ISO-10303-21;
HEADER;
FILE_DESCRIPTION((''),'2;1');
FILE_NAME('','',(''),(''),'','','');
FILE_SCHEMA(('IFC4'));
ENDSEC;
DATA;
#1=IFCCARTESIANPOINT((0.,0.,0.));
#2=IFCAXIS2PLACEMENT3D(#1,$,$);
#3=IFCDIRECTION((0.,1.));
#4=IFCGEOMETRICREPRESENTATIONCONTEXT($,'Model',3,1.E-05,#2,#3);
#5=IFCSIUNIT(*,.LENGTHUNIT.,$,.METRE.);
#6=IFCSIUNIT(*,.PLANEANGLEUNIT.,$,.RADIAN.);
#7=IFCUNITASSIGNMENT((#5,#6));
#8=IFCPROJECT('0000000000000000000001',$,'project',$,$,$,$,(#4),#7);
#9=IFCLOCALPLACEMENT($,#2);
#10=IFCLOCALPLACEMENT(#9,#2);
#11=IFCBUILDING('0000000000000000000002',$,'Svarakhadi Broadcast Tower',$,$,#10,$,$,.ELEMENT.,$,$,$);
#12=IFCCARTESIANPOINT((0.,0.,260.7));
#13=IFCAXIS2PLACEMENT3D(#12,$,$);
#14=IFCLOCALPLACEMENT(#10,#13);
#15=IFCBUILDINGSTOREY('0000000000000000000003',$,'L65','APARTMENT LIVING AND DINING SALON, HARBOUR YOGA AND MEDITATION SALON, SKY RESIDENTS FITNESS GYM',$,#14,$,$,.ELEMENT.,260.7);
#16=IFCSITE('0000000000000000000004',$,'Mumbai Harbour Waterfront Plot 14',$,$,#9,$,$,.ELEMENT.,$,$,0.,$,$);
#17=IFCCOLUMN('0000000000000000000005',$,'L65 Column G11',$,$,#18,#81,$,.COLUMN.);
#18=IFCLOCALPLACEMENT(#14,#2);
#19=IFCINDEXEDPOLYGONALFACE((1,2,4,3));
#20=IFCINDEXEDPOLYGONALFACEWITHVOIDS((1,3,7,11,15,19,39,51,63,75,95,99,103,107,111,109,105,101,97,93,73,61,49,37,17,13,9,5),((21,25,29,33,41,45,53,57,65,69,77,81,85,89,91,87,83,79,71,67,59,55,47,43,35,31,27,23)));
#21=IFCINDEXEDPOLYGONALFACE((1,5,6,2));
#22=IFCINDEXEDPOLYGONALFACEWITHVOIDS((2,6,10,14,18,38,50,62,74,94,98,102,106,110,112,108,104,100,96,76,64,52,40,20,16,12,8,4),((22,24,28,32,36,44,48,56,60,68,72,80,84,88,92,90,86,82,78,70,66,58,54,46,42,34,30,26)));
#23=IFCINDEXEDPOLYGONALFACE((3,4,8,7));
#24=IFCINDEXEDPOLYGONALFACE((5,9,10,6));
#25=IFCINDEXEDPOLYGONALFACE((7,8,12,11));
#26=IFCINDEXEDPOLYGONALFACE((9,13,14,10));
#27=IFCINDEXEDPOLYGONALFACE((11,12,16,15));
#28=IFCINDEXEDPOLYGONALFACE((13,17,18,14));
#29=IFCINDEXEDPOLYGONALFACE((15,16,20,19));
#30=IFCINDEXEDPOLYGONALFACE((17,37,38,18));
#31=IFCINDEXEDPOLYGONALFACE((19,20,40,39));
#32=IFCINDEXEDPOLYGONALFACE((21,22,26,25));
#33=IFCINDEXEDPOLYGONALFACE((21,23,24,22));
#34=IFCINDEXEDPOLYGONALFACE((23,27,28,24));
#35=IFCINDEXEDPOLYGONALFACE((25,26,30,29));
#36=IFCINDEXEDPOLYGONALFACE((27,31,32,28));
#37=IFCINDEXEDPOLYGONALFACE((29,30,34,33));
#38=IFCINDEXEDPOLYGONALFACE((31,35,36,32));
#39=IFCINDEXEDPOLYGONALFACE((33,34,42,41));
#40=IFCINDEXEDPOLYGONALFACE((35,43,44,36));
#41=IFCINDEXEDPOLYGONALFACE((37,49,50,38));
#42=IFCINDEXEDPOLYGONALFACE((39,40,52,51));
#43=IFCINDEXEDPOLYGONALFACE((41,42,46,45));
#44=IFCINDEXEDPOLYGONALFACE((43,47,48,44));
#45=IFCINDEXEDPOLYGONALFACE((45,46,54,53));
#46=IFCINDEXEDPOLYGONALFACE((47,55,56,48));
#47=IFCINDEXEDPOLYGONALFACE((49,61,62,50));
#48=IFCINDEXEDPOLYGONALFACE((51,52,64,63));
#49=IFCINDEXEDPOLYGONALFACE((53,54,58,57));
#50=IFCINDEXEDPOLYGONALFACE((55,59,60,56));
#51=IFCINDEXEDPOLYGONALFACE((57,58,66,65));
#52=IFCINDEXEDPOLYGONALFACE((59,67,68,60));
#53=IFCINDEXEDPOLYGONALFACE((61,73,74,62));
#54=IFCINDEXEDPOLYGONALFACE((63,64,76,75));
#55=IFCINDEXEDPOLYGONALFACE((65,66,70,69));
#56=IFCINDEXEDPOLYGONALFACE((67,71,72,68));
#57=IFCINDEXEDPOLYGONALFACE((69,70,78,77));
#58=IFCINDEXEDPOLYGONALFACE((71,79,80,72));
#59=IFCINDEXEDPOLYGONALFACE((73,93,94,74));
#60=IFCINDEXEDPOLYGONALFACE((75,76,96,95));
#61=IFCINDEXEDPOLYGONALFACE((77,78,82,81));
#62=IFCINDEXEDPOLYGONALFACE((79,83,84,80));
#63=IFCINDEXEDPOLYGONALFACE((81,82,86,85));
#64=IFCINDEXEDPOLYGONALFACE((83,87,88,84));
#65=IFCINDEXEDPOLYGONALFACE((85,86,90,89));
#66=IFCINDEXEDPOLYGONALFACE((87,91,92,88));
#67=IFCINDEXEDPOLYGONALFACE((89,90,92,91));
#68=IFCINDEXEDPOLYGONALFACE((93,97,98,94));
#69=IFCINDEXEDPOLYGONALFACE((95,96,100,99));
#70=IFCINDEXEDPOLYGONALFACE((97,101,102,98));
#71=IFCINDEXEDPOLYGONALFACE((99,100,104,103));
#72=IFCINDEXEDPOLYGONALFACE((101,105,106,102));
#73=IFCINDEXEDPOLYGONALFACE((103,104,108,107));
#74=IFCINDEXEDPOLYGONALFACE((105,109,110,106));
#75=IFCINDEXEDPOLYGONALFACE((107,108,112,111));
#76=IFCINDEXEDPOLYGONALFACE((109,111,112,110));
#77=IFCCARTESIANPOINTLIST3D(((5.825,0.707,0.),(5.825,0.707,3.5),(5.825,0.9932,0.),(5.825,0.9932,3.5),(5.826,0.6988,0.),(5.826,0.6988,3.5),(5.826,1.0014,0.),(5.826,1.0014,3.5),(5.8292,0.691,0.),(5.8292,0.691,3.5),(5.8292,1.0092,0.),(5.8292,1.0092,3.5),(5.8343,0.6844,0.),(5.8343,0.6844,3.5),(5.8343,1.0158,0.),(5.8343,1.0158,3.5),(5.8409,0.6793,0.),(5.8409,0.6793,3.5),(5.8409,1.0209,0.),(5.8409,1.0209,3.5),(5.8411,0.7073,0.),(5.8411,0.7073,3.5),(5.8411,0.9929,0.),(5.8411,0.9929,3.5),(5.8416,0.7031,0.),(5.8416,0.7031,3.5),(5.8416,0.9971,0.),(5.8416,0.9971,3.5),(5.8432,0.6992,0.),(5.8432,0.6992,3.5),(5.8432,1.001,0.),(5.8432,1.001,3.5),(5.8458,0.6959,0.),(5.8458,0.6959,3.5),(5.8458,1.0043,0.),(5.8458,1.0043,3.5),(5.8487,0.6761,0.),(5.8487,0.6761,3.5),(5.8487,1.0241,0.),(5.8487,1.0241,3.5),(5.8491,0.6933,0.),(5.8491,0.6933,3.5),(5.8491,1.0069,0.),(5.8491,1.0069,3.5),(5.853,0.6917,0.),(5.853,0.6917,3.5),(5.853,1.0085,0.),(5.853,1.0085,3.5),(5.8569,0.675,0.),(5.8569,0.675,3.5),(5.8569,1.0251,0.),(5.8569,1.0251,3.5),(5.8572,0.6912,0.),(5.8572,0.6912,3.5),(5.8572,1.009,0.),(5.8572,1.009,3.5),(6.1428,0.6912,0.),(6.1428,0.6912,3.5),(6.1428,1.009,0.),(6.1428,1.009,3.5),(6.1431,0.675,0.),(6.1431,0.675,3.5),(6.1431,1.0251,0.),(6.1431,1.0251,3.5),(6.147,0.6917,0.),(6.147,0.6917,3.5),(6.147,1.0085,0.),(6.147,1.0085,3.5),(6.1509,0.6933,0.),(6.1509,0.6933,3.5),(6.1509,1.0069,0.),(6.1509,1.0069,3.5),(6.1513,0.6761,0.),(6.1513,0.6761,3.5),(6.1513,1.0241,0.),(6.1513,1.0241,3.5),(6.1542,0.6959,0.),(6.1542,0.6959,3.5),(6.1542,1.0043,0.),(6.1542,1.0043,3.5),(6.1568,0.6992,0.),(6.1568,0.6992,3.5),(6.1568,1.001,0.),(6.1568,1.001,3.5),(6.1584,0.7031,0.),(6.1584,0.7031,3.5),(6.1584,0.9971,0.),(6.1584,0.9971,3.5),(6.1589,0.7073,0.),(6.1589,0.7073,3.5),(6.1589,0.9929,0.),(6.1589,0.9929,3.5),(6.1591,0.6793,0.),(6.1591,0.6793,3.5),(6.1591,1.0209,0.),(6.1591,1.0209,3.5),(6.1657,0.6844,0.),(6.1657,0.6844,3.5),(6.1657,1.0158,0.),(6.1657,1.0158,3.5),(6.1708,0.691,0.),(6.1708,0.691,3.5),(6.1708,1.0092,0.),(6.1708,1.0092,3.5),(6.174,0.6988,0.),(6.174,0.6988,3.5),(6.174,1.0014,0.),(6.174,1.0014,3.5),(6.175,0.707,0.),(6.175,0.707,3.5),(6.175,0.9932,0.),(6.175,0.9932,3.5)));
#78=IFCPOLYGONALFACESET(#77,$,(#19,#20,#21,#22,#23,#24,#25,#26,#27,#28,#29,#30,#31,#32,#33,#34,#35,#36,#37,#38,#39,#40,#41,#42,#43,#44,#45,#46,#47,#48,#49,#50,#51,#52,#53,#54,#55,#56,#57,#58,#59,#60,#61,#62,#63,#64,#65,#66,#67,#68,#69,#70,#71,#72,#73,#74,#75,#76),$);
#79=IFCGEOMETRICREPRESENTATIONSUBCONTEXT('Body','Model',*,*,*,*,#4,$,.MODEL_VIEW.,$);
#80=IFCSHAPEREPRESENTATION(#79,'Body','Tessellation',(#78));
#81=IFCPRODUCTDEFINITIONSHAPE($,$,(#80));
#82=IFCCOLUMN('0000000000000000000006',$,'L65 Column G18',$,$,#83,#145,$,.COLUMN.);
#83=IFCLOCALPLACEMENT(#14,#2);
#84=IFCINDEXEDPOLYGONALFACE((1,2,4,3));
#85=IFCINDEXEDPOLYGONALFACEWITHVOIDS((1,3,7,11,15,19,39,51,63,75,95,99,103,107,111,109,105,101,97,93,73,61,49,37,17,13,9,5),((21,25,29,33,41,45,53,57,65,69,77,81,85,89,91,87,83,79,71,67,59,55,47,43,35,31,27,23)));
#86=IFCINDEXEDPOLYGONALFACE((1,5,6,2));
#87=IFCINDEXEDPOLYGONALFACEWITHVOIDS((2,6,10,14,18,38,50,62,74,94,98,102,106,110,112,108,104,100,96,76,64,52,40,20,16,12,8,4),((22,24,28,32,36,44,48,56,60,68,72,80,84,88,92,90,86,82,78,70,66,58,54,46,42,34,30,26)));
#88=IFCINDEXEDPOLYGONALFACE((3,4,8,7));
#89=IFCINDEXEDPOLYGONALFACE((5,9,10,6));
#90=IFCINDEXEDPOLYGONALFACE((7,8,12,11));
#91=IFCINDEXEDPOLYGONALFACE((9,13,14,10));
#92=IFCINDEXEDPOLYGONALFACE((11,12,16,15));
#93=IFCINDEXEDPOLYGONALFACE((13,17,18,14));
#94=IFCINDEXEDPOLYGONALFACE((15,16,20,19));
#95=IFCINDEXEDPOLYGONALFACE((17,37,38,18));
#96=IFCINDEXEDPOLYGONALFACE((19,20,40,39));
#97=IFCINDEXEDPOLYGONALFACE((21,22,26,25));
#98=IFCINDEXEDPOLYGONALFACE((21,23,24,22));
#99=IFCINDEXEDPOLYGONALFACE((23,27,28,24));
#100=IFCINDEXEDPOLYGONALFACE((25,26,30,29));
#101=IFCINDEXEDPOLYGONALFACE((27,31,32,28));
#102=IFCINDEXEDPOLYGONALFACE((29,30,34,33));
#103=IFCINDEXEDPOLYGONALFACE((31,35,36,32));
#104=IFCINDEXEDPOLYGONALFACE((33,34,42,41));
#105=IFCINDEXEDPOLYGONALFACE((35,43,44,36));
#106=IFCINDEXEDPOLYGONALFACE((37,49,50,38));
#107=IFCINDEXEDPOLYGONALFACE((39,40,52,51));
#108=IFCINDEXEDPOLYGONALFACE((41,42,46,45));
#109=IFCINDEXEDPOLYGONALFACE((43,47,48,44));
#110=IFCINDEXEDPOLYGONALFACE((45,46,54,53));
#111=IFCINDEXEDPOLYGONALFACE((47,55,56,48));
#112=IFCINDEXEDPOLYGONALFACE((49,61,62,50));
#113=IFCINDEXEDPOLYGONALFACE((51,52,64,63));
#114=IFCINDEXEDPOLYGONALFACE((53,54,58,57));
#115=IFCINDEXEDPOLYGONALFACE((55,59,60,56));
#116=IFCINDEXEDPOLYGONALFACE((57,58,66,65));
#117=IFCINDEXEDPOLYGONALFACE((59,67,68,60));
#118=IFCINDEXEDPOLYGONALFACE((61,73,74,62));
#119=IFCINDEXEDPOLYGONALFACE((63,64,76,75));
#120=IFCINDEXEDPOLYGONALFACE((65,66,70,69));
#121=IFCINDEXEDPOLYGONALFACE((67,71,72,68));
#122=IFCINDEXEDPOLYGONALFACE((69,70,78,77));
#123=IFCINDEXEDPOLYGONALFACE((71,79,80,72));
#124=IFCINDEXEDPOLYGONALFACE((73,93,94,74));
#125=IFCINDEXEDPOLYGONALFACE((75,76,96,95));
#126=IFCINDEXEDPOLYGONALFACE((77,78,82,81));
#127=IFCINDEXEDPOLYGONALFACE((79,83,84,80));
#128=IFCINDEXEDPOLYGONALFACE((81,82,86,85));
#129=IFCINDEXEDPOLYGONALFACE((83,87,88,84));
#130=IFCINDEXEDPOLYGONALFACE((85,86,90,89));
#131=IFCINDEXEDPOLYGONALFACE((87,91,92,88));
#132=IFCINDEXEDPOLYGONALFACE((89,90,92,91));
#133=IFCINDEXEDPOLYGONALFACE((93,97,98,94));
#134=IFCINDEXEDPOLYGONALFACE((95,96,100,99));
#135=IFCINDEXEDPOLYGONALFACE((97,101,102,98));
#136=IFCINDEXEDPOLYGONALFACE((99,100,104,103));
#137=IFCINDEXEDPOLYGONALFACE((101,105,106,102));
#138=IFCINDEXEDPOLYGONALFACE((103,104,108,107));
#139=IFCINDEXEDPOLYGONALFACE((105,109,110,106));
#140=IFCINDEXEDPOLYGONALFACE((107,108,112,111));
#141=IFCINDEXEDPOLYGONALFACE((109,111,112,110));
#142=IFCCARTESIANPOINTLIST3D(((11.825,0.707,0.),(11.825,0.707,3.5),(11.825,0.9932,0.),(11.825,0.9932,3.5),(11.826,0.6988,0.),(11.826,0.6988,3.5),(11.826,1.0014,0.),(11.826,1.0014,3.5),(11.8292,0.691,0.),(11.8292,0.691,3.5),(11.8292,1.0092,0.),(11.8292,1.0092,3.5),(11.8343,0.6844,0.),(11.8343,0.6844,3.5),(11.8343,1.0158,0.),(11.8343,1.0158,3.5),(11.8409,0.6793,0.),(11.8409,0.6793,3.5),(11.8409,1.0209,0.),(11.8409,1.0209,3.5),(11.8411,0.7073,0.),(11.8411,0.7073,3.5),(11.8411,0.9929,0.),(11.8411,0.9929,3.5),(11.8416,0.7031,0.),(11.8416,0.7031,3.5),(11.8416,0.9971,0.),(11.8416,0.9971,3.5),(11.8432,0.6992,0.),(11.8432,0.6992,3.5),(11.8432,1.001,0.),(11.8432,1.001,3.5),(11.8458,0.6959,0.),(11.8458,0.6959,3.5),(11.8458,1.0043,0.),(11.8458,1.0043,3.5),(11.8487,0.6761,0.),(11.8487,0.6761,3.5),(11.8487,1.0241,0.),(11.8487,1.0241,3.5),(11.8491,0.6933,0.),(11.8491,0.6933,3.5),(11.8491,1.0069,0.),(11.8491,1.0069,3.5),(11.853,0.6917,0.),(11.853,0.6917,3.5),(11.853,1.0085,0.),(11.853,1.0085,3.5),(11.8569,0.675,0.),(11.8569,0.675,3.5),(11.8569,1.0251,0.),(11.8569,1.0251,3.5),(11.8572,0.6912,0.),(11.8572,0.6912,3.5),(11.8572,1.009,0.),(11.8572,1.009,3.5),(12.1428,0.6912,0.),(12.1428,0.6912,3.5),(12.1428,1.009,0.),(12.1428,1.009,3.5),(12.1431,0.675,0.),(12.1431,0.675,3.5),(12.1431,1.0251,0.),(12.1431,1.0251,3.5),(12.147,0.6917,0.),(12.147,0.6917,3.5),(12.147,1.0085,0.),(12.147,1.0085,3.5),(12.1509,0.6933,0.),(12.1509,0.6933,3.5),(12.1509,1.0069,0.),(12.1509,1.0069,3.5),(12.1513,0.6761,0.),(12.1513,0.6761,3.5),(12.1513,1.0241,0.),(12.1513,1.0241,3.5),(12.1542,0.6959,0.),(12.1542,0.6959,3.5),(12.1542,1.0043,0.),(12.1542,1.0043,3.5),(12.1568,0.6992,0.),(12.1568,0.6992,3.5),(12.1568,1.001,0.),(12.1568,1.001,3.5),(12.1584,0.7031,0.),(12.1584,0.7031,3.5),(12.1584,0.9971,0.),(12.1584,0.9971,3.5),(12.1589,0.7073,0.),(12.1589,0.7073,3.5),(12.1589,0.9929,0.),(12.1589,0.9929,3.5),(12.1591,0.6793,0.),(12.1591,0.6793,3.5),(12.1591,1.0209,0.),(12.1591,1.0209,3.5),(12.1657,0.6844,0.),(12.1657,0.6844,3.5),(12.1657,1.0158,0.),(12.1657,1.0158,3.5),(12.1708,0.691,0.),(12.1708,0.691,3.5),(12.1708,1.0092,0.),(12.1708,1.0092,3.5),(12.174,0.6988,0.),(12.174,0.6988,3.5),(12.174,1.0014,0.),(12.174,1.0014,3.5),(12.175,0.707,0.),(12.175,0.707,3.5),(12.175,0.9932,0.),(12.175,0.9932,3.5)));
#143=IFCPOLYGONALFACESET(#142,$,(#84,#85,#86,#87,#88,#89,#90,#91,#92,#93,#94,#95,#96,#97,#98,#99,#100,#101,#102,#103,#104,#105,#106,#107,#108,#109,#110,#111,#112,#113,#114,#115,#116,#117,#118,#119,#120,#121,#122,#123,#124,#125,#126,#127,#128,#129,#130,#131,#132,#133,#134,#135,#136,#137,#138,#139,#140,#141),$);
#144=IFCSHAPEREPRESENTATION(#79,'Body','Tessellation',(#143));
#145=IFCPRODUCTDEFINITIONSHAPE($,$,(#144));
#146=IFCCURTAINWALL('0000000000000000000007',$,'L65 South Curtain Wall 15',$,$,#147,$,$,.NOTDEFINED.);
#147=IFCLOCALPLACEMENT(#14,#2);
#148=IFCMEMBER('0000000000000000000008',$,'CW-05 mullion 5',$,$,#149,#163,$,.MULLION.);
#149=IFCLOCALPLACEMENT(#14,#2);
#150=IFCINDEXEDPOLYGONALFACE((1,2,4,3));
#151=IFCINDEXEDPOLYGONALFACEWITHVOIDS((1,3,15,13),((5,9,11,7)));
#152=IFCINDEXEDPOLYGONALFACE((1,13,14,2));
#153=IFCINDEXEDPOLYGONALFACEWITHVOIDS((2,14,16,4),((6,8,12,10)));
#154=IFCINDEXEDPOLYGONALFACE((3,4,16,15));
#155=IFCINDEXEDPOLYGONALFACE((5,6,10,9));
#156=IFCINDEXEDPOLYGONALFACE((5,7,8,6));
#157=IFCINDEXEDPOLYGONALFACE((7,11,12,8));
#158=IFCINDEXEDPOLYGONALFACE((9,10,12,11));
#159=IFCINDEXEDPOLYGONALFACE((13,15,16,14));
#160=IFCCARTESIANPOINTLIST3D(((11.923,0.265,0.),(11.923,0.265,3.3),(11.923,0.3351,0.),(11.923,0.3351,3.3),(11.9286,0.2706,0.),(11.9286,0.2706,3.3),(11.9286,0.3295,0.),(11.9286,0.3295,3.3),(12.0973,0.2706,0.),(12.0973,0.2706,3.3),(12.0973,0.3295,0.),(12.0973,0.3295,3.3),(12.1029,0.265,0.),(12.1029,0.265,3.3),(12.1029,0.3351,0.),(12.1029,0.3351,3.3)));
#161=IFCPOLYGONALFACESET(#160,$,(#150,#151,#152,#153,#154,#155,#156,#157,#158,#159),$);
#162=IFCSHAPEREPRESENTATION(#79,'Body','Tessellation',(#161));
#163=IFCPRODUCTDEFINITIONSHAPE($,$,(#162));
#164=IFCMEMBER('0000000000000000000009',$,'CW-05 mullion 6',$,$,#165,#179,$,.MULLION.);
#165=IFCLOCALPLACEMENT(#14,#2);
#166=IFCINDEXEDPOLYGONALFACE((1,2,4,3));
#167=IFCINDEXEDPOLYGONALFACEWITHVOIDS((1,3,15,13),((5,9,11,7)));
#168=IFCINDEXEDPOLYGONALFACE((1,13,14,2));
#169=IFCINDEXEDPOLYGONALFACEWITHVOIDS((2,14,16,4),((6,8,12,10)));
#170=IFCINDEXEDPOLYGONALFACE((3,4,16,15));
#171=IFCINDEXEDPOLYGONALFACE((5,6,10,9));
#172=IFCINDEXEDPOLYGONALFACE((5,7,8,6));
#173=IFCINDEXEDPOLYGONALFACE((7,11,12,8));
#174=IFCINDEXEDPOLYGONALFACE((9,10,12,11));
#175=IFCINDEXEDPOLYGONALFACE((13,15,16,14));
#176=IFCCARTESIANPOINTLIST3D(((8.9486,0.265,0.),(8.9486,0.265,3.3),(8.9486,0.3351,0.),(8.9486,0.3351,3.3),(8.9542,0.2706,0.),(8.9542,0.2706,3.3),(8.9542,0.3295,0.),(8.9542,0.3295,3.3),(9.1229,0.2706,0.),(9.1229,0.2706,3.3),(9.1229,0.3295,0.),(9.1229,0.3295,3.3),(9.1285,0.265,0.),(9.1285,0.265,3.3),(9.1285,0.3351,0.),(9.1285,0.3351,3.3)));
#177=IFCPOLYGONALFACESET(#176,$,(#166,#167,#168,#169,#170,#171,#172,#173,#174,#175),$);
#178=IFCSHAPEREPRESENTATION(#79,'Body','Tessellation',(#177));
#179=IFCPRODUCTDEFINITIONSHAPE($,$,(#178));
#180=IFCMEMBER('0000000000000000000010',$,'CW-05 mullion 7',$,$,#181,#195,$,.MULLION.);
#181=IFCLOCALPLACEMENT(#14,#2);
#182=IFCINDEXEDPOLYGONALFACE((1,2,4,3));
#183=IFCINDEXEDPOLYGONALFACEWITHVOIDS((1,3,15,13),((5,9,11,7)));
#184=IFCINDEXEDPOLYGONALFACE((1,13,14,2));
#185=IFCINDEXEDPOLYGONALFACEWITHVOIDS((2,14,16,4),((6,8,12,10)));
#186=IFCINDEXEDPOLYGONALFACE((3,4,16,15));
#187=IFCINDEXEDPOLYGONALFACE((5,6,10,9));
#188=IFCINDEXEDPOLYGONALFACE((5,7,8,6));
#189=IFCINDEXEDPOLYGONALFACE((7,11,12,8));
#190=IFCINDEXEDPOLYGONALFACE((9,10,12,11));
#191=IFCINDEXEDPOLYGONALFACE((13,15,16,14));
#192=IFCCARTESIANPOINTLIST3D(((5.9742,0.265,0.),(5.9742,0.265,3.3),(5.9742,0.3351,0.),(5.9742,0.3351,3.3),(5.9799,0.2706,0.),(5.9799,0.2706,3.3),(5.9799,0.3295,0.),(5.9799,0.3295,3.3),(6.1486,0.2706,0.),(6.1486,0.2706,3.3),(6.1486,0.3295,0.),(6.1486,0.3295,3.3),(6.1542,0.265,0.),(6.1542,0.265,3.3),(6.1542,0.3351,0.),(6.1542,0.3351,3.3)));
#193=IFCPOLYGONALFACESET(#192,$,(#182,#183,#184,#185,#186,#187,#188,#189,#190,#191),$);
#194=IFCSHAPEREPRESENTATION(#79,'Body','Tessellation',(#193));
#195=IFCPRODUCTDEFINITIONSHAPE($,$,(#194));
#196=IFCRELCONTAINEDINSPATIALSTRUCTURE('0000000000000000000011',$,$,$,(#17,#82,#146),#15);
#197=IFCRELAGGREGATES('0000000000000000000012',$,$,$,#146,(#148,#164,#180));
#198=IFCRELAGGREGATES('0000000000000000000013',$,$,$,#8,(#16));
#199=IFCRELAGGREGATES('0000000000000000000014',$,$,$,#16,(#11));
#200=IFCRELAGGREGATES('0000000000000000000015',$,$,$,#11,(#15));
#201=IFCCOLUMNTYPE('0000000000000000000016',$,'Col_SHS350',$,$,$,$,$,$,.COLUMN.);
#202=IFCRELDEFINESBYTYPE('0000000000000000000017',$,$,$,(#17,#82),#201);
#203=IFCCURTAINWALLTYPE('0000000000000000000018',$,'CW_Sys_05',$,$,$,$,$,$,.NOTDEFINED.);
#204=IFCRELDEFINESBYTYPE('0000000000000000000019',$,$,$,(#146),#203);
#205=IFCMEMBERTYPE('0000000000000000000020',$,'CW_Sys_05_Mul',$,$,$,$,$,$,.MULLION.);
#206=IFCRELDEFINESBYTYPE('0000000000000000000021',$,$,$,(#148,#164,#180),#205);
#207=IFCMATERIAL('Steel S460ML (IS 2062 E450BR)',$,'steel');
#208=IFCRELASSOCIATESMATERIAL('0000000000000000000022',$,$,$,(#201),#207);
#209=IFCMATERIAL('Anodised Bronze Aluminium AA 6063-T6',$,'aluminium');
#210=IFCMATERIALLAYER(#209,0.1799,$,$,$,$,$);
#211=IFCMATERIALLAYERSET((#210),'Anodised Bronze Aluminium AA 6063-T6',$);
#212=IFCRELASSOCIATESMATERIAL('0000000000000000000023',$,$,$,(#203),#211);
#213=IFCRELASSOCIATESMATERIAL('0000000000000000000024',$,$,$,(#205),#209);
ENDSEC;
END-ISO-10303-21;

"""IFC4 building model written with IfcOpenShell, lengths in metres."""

from ifc_helpers import new_model, si_unit, direction, frame, origin, origin_2d, place, context, subcontext, project, spatial, hollow_rectangle, extrude, material, layer, layer_set, material_profile, profile_set, type_object, element, aggregate, save


model = new_model("IFC4")

# Units and contexts
model_context = context("Model", 3, precision=1e-05, world=origin(), true_north=direction((0.0, 1.0)))
body_context = subcontext(model_context, "Body", "Model", "MODEL_VIEW")
ifc_project = project(units=[si_unit("LENGTHUNIT", "METRE"), si_unit("PLANEANGLEUNIT", "RADIAN")], contexts=[model_context])

# Site, building, storey
site_placement = place(None, origin())
site = spatial("IfcSite", under=ifc_project, at=site_placement, Name="Mumbai Harbour Waterfront Plot 14", CompositionType="ELEMENT", RefElevation=0.0)
building_placement = place(site_placement, origin())
building = spatial("IfcBuilding", under=site, at=building_placement, Name="Svarakhadi Broadcast Tower", CompositionType="ELEMENT")
storey_placement = place(building_placement, frame((0.0, 0.0, 260.7)))
storey = spatial("IfcBuildingStorey", under=building, at=storey_placement, Name="L65", Description="APARTMENT LIVING AND DINING SALON, HARBOUR YOGA AND MEDITATION SALON, SKY RESIDENTS FITNESS GYM", CompositionType="ELEMENT", Elevation=260.7)

# Columns
ifc_material_1 = material(Name="Steel S460ML (IS 2062 E450BR)", Category="steel")
ifc_material_profile_1 = material_profile(ifc_material_1, hollow_rectangle(XDim=0.3501, YDim=0.3501, WallThickness=0.0161, InnerFilletRadius=0.0161, OuterFilletRadius=0.032, at=origin_2d()), Name="SHS 350x350x16")
ifc_profile_set_1 = profile_set([ifc_material_profile_1], Name="Steel S460ML (IS 2062 E450BR)")
column_type = type_object("IfcColumnType", Name="Col_SHS350", PredefinedType="COLUMN", material=ifc_profile_set_1)
for number, where, z_axis, x_axis, name in (
    (1, (6.0, 0.8501, 0.0), (0.0, 0.0, 1.0), (1.0, 0.0, 0.0), "L65 Column G11"),
    (2, (12.0, 0.8501, 0.0), (0.0, 0.0, 1.0), (1.0, 0.0, 0.0), "L65 Column G18"),
):
    element("IfcColumn", number, at=place(storey_placement, frame(where, z_axis=z_axis, x_axis=x_axis)), inside=storey, type_object=column_type, Name=name, PredefinedType="COLUMN", context=body_context, shape_type="SweptSolid", body=[
        extrude(hollow_rectangle(XDim=0.3501, YDim=0.3501, WallThickness=0.0161, InnerFilletRadius=0.0161, OuterFilletRadius=0.032, at=origin_2d()), origin(), (0.0, 0.0, 1.0), 3.5),
    ])

# Curtain wall, members
ifc_material_2 = material(Name="Anodised Bronze Aluminium AA 6063-T6", Category="aluminium")
ifc_layer_1 = layer(ifc_material_2, 0.1799)
ifc_layer_set_1 = layer_set([ifc_layer_1], Name="Anodised Bronze Aluminium AA 6063-T6")
curtain_wall_type = type_object("IfcCurtainWallType", Name="CW_Sys_05", PredefinedType="NOTDEFINED", material=ifc_layer_set_1)
curtain_wall_placement = place(storey_placement, origin())
curtain_wall = element("IfcCurtainWall", 3, at=curtain_wall_placement, inside=storey, type_object=curtain_wall_type, Name="L65 South Curtain Wall 15", PredefinedType="NOTDEFINED")
ifc_material_profile_2 = material_profile(ifc_material_2, hollow_rectangle(XDim=0.0701, YDim=0.1799, WallThickness=0.0056, at=origin_2d()), Name="ALU MULLION 180x70x6")
ifc_profile_set_2 = profile_set([ifc_material_profile_2], Name="Anodised Bronze Aluminium AA 6063-T6")
member_type_1 = type_object("IfcMemberType", Name="CW_Sys_05_Mul", PredefinedType="MULLION", material=ifc_profile_set_2)
member_1_placement = place(storey_placement, frame((12.0129, 0.3, 0.0), z_axis=(0.0, 0.0, 1.0), x_axis=(0.0, -1.0, 0.0)))
member_1 = element("IfcMember", 4, at=member_1_placement, type_object=member_type_1, Name="CW-05 mullion 5", PredefinedType="MULLION", context=body_context, shape_type="SweptSolid", body=[
    extrude(hollow_rectangle(XDim=0.0701, YDim=0.1799, WallThickness=0.0056, at=origin_2d()), origin(), (0.0, 0.0, 1.0), 3.3),
])
member_2_placement = place(storey_placement, frame((9.0386, 0.3, 0.0), z_axis=(0.0, 0.0, 1.0), x_axis=(0.0, -1.0, 0.0)))
member_2 = element("IfcMember", 5, at=member_2_placement, type_object=member_type_1, Name="CW-05 mullion 6", PredefinedType="MULLION", context=body_context, shape_type="SweptSolid", body=[
    extrude(hollow_rectangle(XDim=0.0701, YDim=0.1799, WallThickness=0.0056, at=origin_2d()), origin(), (0.0, 0.0, 1.0), 3.3),
])
member_3_placement = place(storey_placement, frame((6.0642, 0.3, 0.0), z_axis=(0.0, 0.0, 1.0), x_axis=(0.0, -1.0, 0.0)))
member_3 = element("IfcMember", 6, at=member_3_placement, type_object=member_type_1, Name="CW-05 mullion 7", PredefinedType="MULLION", context=body_context, shape_type="SweptSolid", body=[
    extrude(hollow_rectangle(XDim=0.0701, YDim=0.1799, WallThickness=0.0056, at=origin_2d()), origin(), (0.0, 0.0, 1.0), 3.3),
])

aggregate(curtain_wall, [member_1, member_2, member_3])

save(model, "model.ifc")
